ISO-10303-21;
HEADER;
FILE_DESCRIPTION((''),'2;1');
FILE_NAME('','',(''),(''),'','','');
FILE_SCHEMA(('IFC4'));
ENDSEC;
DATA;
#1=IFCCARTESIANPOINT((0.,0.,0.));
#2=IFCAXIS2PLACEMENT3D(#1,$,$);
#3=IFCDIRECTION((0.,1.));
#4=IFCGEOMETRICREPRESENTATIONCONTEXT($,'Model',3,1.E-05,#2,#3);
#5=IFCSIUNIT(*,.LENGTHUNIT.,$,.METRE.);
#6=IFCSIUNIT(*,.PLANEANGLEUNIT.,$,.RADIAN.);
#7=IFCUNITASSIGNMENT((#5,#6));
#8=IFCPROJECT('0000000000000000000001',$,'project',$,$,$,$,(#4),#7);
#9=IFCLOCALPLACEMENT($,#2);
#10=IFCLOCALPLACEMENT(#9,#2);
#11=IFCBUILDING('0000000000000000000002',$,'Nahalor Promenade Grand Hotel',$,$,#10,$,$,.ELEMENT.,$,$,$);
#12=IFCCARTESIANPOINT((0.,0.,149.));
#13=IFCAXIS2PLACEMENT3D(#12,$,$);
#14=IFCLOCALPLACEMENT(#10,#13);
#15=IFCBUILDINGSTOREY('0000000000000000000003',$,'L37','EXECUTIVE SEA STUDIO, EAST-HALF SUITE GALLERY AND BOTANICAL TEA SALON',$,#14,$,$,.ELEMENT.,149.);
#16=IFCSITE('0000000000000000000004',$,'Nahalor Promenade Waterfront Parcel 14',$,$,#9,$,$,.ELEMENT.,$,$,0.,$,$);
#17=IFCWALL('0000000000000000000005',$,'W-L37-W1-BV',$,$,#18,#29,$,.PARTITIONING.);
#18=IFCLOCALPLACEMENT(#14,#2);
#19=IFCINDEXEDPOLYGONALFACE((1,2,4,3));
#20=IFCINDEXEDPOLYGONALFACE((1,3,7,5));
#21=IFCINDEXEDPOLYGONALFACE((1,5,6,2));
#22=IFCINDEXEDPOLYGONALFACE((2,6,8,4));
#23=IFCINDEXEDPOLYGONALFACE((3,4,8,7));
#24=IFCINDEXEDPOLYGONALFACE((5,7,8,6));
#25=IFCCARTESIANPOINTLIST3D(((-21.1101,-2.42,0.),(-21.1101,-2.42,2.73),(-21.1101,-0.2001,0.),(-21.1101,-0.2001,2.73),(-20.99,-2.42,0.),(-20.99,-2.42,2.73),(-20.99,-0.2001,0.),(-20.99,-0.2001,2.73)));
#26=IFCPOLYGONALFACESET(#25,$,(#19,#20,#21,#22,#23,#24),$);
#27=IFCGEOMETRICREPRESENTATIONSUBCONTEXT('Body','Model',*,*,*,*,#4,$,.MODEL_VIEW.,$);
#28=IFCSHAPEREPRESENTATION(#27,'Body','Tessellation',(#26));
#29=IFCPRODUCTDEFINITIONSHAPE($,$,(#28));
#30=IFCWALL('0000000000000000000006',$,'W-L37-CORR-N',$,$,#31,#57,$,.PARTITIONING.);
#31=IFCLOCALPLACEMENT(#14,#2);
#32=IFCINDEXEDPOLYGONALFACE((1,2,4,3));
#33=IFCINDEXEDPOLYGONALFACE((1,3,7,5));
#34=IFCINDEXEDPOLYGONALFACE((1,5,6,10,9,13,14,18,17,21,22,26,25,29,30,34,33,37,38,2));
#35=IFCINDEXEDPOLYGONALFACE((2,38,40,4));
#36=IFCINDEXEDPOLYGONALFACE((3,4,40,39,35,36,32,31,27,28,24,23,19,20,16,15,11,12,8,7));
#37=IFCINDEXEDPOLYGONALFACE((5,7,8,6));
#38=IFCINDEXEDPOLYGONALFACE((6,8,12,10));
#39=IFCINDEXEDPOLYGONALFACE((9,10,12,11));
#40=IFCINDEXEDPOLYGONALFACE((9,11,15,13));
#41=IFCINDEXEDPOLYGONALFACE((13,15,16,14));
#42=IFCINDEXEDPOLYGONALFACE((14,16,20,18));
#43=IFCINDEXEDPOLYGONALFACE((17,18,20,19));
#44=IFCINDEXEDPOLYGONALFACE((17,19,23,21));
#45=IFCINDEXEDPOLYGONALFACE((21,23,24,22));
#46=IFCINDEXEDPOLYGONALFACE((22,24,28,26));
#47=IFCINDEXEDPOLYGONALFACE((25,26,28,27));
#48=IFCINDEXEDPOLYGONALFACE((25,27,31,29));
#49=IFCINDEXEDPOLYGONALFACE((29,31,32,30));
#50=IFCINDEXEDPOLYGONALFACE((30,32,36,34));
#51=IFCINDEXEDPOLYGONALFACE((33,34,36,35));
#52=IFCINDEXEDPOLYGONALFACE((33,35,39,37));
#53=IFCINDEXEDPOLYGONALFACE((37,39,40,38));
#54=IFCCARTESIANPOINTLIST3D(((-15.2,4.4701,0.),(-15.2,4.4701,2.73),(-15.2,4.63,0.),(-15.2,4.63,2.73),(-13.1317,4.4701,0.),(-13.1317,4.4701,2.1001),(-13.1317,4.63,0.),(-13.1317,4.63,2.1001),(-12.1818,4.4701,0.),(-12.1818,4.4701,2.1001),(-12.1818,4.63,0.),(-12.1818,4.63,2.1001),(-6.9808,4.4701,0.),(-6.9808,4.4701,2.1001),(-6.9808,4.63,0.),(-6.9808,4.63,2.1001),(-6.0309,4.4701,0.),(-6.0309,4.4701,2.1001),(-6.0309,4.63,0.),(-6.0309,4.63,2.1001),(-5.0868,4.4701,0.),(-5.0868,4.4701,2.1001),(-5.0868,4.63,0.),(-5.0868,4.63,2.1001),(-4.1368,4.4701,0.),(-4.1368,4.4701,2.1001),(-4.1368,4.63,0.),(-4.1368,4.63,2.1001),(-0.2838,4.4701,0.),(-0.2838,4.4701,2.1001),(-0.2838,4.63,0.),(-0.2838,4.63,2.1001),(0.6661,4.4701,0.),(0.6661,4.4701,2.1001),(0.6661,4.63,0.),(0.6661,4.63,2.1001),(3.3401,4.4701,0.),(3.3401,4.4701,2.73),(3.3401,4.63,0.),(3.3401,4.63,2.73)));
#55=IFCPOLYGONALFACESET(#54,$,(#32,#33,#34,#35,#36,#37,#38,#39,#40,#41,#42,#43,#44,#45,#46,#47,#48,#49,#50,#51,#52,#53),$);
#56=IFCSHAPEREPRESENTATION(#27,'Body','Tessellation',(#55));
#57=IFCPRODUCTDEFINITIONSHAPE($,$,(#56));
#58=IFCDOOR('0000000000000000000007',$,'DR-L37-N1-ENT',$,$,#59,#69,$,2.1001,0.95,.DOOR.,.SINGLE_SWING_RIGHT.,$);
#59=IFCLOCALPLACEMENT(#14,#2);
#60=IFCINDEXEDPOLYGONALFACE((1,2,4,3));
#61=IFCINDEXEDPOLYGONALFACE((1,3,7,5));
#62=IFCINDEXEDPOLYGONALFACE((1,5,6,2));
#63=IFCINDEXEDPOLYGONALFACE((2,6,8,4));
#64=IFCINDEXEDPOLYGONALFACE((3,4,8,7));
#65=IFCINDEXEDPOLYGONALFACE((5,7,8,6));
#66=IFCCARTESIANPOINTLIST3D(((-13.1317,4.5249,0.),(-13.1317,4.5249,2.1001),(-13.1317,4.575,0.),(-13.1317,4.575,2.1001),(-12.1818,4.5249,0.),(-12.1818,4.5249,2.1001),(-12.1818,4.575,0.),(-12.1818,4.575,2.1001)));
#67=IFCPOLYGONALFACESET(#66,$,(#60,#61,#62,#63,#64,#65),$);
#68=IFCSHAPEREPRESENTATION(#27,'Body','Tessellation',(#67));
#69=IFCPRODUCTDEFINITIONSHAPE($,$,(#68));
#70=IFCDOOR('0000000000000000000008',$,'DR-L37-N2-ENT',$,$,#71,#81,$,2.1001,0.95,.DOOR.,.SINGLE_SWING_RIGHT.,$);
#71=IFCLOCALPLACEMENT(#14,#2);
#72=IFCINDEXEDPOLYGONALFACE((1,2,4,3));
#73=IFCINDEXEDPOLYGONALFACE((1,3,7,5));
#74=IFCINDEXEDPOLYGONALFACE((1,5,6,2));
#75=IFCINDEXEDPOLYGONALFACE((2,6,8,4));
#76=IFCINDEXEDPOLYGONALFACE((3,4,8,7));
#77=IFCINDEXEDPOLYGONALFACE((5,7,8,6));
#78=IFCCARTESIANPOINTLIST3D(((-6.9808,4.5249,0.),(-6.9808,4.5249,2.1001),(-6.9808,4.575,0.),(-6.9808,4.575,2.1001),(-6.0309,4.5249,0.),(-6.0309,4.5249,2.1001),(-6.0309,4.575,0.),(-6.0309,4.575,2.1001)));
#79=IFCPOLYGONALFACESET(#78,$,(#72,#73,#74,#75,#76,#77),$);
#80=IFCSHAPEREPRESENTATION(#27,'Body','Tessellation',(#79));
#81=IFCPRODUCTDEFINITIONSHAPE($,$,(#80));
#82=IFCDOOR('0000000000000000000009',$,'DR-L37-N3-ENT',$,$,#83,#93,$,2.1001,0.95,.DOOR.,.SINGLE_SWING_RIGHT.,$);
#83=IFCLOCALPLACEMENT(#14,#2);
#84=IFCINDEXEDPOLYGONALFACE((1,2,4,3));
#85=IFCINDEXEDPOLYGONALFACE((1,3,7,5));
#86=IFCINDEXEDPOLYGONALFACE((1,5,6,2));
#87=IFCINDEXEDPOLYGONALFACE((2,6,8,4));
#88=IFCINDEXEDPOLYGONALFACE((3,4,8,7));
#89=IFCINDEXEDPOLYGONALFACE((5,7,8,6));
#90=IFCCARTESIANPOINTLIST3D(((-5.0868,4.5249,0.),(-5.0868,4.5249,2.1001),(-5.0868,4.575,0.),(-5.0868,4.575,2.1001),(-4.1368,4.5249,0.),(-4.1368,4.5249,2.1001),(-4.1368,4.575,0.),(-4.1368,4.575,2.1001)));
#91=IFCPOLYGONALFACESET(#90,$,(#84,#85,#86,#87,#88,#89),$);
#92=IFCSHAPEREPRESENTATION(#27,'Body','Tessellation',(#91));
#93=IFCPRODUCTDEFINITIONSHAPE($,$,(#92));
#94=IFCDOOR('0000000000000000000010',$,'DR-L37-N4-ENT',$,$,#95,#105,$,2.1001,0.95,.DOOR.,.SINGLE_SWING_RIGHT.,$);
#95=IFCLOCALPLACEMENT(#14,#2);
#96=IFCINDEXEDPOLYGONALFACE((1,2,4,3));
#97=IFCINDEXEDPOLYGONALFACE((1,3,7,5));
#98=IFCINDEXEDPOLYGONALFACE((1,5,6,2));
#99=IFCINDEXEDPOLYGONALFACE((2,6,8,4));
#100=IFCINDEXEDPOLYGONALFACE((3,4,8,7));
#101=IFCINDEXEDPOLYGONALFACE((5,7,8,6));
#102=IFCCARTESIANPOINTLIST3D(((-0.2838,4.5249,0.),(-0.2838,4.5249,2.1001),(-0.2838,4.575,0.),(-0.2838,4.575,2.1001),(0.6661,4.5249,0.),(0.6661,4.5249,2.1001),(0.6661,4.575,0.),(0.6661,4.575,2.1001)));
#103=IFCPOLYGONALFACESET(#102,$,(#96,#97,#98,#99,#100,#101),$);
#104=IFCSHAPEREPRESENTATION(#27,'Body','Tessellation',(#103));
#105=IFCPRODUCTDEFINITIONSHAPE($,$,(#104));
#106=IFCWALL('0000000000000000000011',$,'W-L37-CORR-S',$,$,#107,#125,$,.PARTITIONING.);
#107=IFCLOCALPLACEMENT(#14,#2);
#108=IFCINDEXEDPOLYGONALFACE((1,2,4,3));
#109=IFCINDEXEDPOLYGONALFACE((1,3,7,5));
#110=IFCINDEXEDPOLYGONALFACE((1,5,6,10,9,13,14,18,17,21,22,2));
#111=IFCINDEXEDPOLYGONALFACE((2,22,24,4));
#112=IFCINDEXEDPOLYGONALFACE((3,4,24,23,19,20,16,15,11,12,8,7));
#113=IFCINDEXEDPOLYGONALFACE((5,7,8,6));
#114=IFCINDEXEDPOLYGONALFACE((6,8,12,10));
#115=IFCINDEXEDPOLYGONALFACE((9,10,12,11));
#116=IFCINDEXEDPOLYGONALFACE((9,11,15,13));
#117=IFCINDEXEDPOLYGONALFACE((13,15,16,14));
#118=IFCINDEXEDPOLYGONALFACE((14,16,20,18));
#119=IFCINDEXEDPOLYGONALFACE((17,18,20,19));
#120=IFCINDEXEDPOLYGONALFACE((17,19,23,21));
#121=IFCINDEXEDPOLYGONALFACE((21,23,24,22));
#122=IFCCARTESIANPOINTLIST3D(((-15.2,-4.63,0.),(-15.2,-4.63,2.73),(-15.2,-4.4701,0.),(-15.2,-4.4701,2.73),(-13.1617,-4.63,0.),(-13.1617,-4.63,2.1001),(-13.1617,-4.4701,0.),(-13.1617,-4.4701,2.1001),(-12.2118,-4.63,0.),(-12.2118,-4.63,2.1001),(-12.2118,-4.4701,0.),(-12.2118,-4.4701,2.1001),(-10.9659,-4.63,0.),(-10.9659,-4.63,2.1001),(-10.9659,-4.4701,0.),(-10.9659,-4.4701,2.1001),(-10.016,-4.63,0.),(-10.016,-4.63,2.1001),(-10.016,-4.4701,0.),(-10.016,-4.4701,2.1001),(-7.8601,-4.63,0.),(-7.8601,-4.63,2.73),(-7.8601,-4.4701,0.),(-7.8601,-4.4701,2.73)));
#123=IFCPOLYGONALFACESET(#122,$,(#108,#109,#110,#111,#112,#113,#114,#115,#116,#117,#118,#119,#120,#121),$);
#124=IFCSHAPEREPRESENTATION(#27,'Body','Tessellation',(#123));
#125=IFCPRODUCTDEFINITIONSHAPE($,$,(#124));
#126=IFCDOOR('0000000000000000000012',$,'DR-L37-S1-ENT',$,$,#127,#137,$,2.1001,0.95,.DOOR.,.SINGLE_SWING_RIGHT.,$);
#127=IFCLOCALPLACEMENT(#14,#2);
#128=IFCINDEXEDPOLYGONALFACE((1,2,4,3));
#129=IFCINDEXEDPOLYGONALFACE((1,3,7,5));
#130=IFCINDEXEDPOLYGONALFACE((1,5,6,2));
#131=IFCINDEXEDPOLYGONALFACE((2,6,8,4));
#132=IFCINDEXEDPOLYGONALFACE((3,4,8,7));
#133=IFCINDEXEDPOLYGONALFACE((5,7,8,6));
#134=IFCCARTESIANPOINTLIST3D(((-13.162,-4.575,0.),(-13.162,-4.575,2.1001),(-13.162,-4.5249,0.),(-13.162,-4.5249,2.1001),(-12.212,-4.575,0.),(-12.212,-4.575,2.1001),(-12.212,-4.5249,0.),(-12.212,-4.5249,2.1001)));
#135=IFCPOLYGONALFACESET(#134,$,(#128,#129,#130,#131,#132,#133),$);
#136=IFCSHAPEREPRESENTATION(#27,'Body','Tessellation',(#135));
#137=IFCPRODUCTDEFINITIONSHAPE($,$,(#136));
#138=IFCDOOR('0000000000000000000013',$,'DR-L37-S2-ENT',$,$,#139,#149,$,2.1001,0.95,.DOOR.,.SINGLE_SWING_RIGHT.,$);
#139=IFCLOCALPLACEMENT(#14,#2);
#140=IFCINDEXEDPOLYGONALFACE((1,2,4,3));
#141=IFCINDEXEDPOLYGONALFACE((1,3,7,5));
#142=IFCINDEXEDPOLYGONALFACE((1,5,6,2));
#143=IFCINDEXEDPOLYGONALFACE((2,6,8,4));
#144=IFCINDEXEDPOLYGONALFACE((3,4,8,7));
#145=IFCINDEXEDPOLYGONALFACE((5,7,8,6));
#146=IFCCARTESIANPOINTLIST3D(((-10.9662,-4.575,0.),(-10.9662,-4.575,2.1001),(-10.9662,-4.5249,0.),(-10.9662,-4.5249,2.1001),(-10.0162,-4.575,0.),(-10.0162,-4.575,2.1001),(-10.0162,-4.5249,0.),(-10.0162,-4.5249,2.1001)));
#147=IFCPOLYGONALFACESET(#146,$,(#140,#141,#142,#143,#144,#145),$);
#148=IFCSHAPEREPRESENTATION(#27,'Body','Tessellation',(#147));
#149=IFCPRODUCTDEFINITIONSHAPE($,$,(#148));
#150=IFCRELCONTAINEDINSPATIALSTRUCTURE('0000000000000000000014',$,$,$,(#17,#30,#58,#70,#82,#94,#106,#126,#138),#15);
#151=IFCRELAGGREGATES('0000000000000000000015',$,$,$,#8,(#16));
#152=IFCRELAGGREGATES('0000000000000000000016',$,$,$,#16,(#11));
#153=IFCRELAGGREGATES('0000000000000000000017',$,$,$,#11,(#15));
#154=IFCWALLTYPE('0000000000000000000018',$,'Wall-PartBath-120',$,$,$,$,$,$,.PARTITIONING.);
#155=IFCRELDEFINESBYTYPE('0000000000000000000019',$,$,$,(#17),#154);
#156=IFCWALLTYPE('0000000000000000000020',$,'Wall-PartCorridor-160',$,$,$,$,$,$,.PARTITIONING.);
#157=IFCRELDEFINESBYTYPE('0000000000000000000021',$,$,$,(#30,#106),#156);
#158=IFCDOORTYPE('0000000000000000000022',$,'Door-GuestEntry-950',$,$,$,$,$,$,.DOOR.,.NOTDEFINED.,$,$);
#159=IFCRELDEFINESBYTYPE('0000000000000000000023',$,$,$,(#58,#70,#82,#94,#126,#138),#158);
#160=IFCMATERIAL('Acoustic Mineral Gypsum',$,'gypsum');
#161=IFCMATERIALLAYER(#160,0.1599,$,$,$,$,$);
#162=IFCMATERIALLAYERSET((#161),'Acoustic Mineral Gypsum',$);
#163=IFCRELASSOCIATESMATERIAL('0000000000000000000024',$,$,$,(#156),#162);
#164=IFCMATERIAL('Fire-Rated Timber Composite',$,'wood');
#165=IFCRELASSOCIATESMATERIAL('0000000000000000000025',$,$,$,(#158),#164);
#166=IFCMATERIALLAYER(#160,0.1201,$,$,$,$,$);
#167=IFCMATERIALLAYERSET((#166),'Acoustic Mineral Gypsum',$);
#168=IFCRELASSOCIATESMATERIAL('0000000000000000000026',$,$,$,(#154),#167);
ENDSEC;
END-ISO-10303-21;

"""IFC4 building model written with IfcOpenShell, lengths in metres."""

from ifc_helpers import new_model, si_unit, direction, frame, frame_2d, origin, place, context, subcontext, project, spatial, rectangle, extrude, source, transform, mapped, material, layer, layer_set, type_object, element, fill, save


model = new_model("IFC4")

# Units and contexts
model_context = context("Model", 3, precision=1e-05, world=origin(), true_north=direction((0.0, 1.0)))
body_context = subcontext(model_context, "Body", "Model", "MODEL_VIEW")
ifc_project = project(units=[si_unit("LENGTHUNIT", "METRE"), si_unit("PLANEANGLEUNIT", "RADIAN")], contexts=[model_context])

# Site, building, storey
site_placement = place(None, origin())
site = spatial("IfcSite", under=ifc_project, at=site_placement, Name="Nahalor Promenade Waterfront Parcel 14", CompositionType="ELEMENT", RefElevation=0.0)
building_placement = place(site_placement, origin())
building = spatial("IfcBuilding", under=site, at=building_placement, Name="Nahalor Promenade Grand Hotel", CompositionType="ELEMENT")
storey_placement = place(building_placement, frame((0.0, 0.0, 149.0)))
storey = spatial("IfcBuildingStorey", under=building, at=storey_placement, Name="L37", Description="EXECUTIVE SEA STUDIO, EAST-HALF SUITE GALLERY AND BOTANICAL TEA SALON", CompositionType="ELEMENT", Elevation=149.0)

# Shared definitions
ifc_material_1 = material(Name="Acoustic Mineral Gypsum", Category="gypsum")
ifc_layer_1 = layer(ifc_material_1, 0.1599)
ifc_layer_set_1 = layer_set([ifc_layer_1], Name="Acoustic Mineral Gypsum")
wall_type_1 = type_object("IfcWallType", Name="Wall-PartCorridor-160", PredefinedType="PARTITIONING", material=ifc_layer_set_1)
ifc_material_2 = material(Name="Fire-Rated Timber Composite", Category="wood")
door_type_1 = type_object("IfcDoorType", Name="Door-GuestEntry-950", OperationType="NOTDEFINED", PredefinedType="DOOR", material=ifc_material_2)
shared_shape_1 = source(origin(), body_context, "Body", "SweptSolid", [
    extrude(rectangle(XDim=0.95, YDim=2.1001, at=frame_2d((0.4751, 1.05))), frame((0.0, 0.0249, 0.0), z_axis=(0.0, -1.0, 0.0), x_axis=(1.0, 0.0, 0.0)), (0.0, 0.0, 1.0), 0.05),
])

# Shared definitions
ifc_layer_2 = layer(ifc_material_1, 0.1201)
ifc_layer_set_2 = layer_set([ifc_layer_2], Name="Acoustic Mineral Gypsum")
wall_type_2 = type_object("IfcWallType", Name="Wall-PartBath-120", PredefinedType="PARTITIONING", material=ifc_layer_set_2)

# Wall
shared_shape_2 = source(origin(), body_context, "Body", "SweptSolid", [
    extrude(rectangle(XDim=2.22, YDim=0.1201, at=frame_2d((1.1099, 0.0))), origin(), (0.0, 0.0, 1.0), 2.73),
])
wall_1_placement = place(storey_placement, frame((-21.05, -2.4199, 0.0), z_axis=(0.0, 0.0, 1.0), x_axis=(0.0, 1.0, 0.0)))
element("IfcWall", 1, at=wall_1_placement, inside=storey, type_object=wall_type_2, Name="W-L37-W1-BV", PredefinedType="PARTITIONING", context=body_context, shape_type="MappedRepresentation", body=[
    mapped(shared_shape_2, transform((0.0, 0.0, 0.0), scale=1.0)),
])

# Walls, openings, doors
shared_shape_3 = source(origin(), body_context, "Body", "SweptSolid", [
    extrude(rectangle(XDim=18.54, YDim=0.1599, at=frame_2d((9.27, 0.0))), origin(), (0.0, 0.0, 1.0), 2.73),
])
wall_2_placement = place(storey_placement, frame((-15.2, 4.55, 0.0), z_axis=(0.0, 0.0, 1.0), x_axis=(1.0, 0.0, 0.0)))
wall_2 = element("IfcWall", 2, at=wall_2_placement, inside=storey, type_object=wall_type_1, Name="W-L37-CORR-N", PredefinedType="PARTITIONING", context=body_context, shape_type="MappedRepresentation", body=[
    mapped(shared_shape_3, transform((0.0, 0.0, 0.0), scale=1.0)),
])
opening_1_placement = place(wall_2_placement, frame((2.0681, 0.0, 0.0)))
opening_1 = element("IfcOpeningElement", 3, at=opening_1_placement, cuts=wall_2, PredefinedType="OPENING", context=body_context, shape_type="SweptSolid", body=[
    extrude(rectangle(XDim=0.95, YDim=2.1001, at=frame_2d((0.4751, 1.05))), frame((0.0, 0.0898, 0.0), z_axis=(0.0, -1.0, 0.0), x_axis=(1.0, 0.0, 0.0)), (0.0, 0.0, 1.0), 0.1799),
])
opening_2_placement = place(wall_2_placement, frame((8.219, 0.0, 0.0)))
opening_2 = element("IfcOpeningElement", 4, at=opening_2_placement, cuts=wall_2, PredefinedType="OPENING", context=body_context, shape_type="SweptSolid", body=[
    extrude(rectangle(XDim=0.95, YDim=2.1001, at=frame_2d((0.4751, 1.05))), frame((0.0, 0.0898, 0.0), z_axis=(0.0, -1.0, 0.0), x_axis=(1.0, 0.0, 0.0)), (0.0, 0.0, 1.0), 0.1799),
])
opening_3_placement = place(wall_2_placement, frame((10.113, 0.0, 0.0)))
opening_3 = element("IfcOpeningElement", 5, at=opening_3_placement, cuts=wall_2, PredefinedType="OPENING", context=body_context, shape_type="SweptSolid", body=[
    extrude(rectangle(XDim=0.95, YDim=2.1001, at=frame_2d((0.4751, 1.05))), frame((0.0, 0.0898, 0.0), z_axis=(0.0, -1.0, 0.0), x_axis=(1.0, 0.0, 0.0)), (0.0, 0.0, 1.0), 0.1799),
])
opening_4_placement = place(wall_2_placement, frame((14.916, 0.0, 0.0)))
opening_4 = element("IfcOpeningElement", 6, at=opening_4_placement, cuts=wall_2, PredefinedType="OPENING", context=body_context, shape_type="SweptSolid", body=[
    extrude(rectangle(XDim=0.95, YDim=2.1001, at=frame_2d((0.4751, 1.05))), frame((0.0, 0.0898, 0.0), z_axis=(0.0, -1.0, 0.0), x_axis=(1.0, 0.0, 0.0)), (0.0, 0.0, 1.0), 0.1799),
])
door_1_placement = place(opening_1_placement, origin())
door_1 = element("IfcDoor", 7, at=door_1_placement, inside=storey, type_object=door_type_1, Name="DR-L37-N1-ENT", OperationType="SINGLE_SWING_RIGHT", OverallHeight=2.1001, OverallWidth=0.95, PredefinedType="DOOR", context=body_context, shape_type="MappedRepresentation", body=[
    mapped(shared_shape_1, transform((0.0, 0.0, 0.0), scale=1.0)),
])
fill(opening_1, door_1)
door_2_placement = place(opening_2_placement, origin())
door_2 = element("IfcDoor", 8, at=door_2_placement, inside=storey, type_object=door_type_1, Name="DR-L37-N2-ENT", OperationType="SINGLE_SWING_RIGHT", OverallHeight=2.1001, OverallWidth=0.95, PredefinedType="DOOR", context=body_context, shape_type="MappedRepresentation", body=[
    mapped(shared_shape_1, transform((0.0, 0.0, 0.0), scale=1.0)),
])
fill(opening_2, door_2)
door_3_placement = place(opening_3_placement, origin())
door_3 = element("IfcDoor", 9, at=door_3_placement, inside=storey, type_object=door_type_1, Name="DR-L37-N3-ENT", OperationType="SINGLE_SWING_RIGHT", OverallHeight=2.1001, OverallWidth=0.95, PredefinedType="DOOR", context=body_context, shape_type="MappedRepresentation", body=[
    mapped(shared_shape_1, transform((0.0, 0.0, 0.0), scale=1.0)),
])
fill(opening_3, door_3)
door_4_placement = place(opening_4_placement, origin())
door_4 = element("IfcDoor", 10, at=door_4_placement, inside=storey, type_object=door_type_1, Name="DR-L37-N4-ENT", OperationType="SINGLE_SWING_RIGHT", OverallHeight=2.1001, OverallWidth=0.95, PredefinedType="DOOR", context=body_context, shape_type="MappedRepresentation", body=[
    mapped(shared_shape_1, transform((0.0, 0.0, 0.0), scale=1.0)),
])
fill(opening_4, door_4)
shared_shape_4 = source(origin(), body_context, "Body", "SweptSolid", [
    extrude(rectangle(XDim=7.3398, YDim=0.1599, at=frame_2d((3.6699, 0.0))), origin(), (0.0, 0.0, 1.0), 2.73),
])
wall_3_placement = place(storey_placement, frame((-15.2, -4.55, 0.0), z_axis=(0.0, 0.0, 1.0), x_axis=(1.0, 0.0, 0.0)))
wall_3 = element("IfcWall", 11, at=wall_3_placement, inside=storey, type_object=wall_type_1, Name="W-L37-CORR-S", PredefinedType="PARTITIONING", context=body_context, shape_type="MappedRepresentation", body=[
    mapped(shared_shape_4, transform((0.0, 0.0, 0.0), scale=1.0)),
])
opening_5_placement = place(wall_3_placement, frame((2.0381, 0.0, 0.0)))
opening_5 = element("IfcOpeningElement", 12, at=opening_5_placement, cuts=wall_3, PredefinedType="OPENING", context=body_context, shape_type="SweptSolid", body=[
    extrude(rectangle(XDim=0.95, YDim=2.1001, at=frame_2d((0.4751, 1.05))), frame((0.0, 0.0898, 0.0), z_axis=(0.0, -1.0, 0.0), x_axis=(1.0, 0.0, 0.0)), (0.0, 0.0, 1.0), 0.1799),
])
opening_6_placement = place(wall_3_placement, frame((4.2339, 0.0, 0.0)))
opening_6 = element("IfcOpeningElement", 13, at=opening_6_placement, cuts=wall_3, PredefinedType="OPENING", context=body_context, shape_type="SweptSolid", body=[
    extrude(rectangle(XDim=0.95, YDim=2.1001, at=frame_2d((0.4751, 1.05))), frame((0.0, 0.0898, 0.0), z_axis=(0.0, -1.0, 0.0), x_axis=(1.0, 0.0, 0.0)), (0.0, 0.0, 1.0), 0.1799),
])
door_5_placement = place(opening_5_placement, frame((0.95, 0.0, 0.0), z_axis=(0.0, 0.0, 1.0), x_axis=(-1.0, 0.0, 0.0)))
door_5 = element("IfcDoor", 14, at=door_5_placement, inside=storey, type_object=door_type_1, Name="DR-L37-S1-ENT", OperationType="SINGLE_SWING_RIGHT", OverallHeight=2.1001, OverallWidth=0.95, PredefinedType="DOOR", context=body_context, shape_type="MappedRepresentation", body=[
    mapped(shared_shape_1, transform((0.0, 0.0, 0.0), scale=1.0)),
])
fill(opening_5, door_5)
door_6_placement = place(opening_6_placement, frame((0.95, 0.0, 0.0), z_axis=(0.0, 0.0, 1.0), x_axis=(-1.0, 0.0, 0.0)))
door_6 = element("IfcDoor", 15, at=door_6_placement, inside=storey, type_object=door_type_1, Name="DR-L37-S2-ENT", OperationType="SINGLE_SWING_RIGHT", OverallHeight=2.1001, OverallWidth=0.95, PredefinedType="DOOR", context=body_context, shape_type="MappedRepresentation", body=[
    mapped(shared_shape_1, transform((0.0, 0.0, 0.0), scale=1.0)),
])
fill(opening_6, door_6)

save(model, "model.ifc")
